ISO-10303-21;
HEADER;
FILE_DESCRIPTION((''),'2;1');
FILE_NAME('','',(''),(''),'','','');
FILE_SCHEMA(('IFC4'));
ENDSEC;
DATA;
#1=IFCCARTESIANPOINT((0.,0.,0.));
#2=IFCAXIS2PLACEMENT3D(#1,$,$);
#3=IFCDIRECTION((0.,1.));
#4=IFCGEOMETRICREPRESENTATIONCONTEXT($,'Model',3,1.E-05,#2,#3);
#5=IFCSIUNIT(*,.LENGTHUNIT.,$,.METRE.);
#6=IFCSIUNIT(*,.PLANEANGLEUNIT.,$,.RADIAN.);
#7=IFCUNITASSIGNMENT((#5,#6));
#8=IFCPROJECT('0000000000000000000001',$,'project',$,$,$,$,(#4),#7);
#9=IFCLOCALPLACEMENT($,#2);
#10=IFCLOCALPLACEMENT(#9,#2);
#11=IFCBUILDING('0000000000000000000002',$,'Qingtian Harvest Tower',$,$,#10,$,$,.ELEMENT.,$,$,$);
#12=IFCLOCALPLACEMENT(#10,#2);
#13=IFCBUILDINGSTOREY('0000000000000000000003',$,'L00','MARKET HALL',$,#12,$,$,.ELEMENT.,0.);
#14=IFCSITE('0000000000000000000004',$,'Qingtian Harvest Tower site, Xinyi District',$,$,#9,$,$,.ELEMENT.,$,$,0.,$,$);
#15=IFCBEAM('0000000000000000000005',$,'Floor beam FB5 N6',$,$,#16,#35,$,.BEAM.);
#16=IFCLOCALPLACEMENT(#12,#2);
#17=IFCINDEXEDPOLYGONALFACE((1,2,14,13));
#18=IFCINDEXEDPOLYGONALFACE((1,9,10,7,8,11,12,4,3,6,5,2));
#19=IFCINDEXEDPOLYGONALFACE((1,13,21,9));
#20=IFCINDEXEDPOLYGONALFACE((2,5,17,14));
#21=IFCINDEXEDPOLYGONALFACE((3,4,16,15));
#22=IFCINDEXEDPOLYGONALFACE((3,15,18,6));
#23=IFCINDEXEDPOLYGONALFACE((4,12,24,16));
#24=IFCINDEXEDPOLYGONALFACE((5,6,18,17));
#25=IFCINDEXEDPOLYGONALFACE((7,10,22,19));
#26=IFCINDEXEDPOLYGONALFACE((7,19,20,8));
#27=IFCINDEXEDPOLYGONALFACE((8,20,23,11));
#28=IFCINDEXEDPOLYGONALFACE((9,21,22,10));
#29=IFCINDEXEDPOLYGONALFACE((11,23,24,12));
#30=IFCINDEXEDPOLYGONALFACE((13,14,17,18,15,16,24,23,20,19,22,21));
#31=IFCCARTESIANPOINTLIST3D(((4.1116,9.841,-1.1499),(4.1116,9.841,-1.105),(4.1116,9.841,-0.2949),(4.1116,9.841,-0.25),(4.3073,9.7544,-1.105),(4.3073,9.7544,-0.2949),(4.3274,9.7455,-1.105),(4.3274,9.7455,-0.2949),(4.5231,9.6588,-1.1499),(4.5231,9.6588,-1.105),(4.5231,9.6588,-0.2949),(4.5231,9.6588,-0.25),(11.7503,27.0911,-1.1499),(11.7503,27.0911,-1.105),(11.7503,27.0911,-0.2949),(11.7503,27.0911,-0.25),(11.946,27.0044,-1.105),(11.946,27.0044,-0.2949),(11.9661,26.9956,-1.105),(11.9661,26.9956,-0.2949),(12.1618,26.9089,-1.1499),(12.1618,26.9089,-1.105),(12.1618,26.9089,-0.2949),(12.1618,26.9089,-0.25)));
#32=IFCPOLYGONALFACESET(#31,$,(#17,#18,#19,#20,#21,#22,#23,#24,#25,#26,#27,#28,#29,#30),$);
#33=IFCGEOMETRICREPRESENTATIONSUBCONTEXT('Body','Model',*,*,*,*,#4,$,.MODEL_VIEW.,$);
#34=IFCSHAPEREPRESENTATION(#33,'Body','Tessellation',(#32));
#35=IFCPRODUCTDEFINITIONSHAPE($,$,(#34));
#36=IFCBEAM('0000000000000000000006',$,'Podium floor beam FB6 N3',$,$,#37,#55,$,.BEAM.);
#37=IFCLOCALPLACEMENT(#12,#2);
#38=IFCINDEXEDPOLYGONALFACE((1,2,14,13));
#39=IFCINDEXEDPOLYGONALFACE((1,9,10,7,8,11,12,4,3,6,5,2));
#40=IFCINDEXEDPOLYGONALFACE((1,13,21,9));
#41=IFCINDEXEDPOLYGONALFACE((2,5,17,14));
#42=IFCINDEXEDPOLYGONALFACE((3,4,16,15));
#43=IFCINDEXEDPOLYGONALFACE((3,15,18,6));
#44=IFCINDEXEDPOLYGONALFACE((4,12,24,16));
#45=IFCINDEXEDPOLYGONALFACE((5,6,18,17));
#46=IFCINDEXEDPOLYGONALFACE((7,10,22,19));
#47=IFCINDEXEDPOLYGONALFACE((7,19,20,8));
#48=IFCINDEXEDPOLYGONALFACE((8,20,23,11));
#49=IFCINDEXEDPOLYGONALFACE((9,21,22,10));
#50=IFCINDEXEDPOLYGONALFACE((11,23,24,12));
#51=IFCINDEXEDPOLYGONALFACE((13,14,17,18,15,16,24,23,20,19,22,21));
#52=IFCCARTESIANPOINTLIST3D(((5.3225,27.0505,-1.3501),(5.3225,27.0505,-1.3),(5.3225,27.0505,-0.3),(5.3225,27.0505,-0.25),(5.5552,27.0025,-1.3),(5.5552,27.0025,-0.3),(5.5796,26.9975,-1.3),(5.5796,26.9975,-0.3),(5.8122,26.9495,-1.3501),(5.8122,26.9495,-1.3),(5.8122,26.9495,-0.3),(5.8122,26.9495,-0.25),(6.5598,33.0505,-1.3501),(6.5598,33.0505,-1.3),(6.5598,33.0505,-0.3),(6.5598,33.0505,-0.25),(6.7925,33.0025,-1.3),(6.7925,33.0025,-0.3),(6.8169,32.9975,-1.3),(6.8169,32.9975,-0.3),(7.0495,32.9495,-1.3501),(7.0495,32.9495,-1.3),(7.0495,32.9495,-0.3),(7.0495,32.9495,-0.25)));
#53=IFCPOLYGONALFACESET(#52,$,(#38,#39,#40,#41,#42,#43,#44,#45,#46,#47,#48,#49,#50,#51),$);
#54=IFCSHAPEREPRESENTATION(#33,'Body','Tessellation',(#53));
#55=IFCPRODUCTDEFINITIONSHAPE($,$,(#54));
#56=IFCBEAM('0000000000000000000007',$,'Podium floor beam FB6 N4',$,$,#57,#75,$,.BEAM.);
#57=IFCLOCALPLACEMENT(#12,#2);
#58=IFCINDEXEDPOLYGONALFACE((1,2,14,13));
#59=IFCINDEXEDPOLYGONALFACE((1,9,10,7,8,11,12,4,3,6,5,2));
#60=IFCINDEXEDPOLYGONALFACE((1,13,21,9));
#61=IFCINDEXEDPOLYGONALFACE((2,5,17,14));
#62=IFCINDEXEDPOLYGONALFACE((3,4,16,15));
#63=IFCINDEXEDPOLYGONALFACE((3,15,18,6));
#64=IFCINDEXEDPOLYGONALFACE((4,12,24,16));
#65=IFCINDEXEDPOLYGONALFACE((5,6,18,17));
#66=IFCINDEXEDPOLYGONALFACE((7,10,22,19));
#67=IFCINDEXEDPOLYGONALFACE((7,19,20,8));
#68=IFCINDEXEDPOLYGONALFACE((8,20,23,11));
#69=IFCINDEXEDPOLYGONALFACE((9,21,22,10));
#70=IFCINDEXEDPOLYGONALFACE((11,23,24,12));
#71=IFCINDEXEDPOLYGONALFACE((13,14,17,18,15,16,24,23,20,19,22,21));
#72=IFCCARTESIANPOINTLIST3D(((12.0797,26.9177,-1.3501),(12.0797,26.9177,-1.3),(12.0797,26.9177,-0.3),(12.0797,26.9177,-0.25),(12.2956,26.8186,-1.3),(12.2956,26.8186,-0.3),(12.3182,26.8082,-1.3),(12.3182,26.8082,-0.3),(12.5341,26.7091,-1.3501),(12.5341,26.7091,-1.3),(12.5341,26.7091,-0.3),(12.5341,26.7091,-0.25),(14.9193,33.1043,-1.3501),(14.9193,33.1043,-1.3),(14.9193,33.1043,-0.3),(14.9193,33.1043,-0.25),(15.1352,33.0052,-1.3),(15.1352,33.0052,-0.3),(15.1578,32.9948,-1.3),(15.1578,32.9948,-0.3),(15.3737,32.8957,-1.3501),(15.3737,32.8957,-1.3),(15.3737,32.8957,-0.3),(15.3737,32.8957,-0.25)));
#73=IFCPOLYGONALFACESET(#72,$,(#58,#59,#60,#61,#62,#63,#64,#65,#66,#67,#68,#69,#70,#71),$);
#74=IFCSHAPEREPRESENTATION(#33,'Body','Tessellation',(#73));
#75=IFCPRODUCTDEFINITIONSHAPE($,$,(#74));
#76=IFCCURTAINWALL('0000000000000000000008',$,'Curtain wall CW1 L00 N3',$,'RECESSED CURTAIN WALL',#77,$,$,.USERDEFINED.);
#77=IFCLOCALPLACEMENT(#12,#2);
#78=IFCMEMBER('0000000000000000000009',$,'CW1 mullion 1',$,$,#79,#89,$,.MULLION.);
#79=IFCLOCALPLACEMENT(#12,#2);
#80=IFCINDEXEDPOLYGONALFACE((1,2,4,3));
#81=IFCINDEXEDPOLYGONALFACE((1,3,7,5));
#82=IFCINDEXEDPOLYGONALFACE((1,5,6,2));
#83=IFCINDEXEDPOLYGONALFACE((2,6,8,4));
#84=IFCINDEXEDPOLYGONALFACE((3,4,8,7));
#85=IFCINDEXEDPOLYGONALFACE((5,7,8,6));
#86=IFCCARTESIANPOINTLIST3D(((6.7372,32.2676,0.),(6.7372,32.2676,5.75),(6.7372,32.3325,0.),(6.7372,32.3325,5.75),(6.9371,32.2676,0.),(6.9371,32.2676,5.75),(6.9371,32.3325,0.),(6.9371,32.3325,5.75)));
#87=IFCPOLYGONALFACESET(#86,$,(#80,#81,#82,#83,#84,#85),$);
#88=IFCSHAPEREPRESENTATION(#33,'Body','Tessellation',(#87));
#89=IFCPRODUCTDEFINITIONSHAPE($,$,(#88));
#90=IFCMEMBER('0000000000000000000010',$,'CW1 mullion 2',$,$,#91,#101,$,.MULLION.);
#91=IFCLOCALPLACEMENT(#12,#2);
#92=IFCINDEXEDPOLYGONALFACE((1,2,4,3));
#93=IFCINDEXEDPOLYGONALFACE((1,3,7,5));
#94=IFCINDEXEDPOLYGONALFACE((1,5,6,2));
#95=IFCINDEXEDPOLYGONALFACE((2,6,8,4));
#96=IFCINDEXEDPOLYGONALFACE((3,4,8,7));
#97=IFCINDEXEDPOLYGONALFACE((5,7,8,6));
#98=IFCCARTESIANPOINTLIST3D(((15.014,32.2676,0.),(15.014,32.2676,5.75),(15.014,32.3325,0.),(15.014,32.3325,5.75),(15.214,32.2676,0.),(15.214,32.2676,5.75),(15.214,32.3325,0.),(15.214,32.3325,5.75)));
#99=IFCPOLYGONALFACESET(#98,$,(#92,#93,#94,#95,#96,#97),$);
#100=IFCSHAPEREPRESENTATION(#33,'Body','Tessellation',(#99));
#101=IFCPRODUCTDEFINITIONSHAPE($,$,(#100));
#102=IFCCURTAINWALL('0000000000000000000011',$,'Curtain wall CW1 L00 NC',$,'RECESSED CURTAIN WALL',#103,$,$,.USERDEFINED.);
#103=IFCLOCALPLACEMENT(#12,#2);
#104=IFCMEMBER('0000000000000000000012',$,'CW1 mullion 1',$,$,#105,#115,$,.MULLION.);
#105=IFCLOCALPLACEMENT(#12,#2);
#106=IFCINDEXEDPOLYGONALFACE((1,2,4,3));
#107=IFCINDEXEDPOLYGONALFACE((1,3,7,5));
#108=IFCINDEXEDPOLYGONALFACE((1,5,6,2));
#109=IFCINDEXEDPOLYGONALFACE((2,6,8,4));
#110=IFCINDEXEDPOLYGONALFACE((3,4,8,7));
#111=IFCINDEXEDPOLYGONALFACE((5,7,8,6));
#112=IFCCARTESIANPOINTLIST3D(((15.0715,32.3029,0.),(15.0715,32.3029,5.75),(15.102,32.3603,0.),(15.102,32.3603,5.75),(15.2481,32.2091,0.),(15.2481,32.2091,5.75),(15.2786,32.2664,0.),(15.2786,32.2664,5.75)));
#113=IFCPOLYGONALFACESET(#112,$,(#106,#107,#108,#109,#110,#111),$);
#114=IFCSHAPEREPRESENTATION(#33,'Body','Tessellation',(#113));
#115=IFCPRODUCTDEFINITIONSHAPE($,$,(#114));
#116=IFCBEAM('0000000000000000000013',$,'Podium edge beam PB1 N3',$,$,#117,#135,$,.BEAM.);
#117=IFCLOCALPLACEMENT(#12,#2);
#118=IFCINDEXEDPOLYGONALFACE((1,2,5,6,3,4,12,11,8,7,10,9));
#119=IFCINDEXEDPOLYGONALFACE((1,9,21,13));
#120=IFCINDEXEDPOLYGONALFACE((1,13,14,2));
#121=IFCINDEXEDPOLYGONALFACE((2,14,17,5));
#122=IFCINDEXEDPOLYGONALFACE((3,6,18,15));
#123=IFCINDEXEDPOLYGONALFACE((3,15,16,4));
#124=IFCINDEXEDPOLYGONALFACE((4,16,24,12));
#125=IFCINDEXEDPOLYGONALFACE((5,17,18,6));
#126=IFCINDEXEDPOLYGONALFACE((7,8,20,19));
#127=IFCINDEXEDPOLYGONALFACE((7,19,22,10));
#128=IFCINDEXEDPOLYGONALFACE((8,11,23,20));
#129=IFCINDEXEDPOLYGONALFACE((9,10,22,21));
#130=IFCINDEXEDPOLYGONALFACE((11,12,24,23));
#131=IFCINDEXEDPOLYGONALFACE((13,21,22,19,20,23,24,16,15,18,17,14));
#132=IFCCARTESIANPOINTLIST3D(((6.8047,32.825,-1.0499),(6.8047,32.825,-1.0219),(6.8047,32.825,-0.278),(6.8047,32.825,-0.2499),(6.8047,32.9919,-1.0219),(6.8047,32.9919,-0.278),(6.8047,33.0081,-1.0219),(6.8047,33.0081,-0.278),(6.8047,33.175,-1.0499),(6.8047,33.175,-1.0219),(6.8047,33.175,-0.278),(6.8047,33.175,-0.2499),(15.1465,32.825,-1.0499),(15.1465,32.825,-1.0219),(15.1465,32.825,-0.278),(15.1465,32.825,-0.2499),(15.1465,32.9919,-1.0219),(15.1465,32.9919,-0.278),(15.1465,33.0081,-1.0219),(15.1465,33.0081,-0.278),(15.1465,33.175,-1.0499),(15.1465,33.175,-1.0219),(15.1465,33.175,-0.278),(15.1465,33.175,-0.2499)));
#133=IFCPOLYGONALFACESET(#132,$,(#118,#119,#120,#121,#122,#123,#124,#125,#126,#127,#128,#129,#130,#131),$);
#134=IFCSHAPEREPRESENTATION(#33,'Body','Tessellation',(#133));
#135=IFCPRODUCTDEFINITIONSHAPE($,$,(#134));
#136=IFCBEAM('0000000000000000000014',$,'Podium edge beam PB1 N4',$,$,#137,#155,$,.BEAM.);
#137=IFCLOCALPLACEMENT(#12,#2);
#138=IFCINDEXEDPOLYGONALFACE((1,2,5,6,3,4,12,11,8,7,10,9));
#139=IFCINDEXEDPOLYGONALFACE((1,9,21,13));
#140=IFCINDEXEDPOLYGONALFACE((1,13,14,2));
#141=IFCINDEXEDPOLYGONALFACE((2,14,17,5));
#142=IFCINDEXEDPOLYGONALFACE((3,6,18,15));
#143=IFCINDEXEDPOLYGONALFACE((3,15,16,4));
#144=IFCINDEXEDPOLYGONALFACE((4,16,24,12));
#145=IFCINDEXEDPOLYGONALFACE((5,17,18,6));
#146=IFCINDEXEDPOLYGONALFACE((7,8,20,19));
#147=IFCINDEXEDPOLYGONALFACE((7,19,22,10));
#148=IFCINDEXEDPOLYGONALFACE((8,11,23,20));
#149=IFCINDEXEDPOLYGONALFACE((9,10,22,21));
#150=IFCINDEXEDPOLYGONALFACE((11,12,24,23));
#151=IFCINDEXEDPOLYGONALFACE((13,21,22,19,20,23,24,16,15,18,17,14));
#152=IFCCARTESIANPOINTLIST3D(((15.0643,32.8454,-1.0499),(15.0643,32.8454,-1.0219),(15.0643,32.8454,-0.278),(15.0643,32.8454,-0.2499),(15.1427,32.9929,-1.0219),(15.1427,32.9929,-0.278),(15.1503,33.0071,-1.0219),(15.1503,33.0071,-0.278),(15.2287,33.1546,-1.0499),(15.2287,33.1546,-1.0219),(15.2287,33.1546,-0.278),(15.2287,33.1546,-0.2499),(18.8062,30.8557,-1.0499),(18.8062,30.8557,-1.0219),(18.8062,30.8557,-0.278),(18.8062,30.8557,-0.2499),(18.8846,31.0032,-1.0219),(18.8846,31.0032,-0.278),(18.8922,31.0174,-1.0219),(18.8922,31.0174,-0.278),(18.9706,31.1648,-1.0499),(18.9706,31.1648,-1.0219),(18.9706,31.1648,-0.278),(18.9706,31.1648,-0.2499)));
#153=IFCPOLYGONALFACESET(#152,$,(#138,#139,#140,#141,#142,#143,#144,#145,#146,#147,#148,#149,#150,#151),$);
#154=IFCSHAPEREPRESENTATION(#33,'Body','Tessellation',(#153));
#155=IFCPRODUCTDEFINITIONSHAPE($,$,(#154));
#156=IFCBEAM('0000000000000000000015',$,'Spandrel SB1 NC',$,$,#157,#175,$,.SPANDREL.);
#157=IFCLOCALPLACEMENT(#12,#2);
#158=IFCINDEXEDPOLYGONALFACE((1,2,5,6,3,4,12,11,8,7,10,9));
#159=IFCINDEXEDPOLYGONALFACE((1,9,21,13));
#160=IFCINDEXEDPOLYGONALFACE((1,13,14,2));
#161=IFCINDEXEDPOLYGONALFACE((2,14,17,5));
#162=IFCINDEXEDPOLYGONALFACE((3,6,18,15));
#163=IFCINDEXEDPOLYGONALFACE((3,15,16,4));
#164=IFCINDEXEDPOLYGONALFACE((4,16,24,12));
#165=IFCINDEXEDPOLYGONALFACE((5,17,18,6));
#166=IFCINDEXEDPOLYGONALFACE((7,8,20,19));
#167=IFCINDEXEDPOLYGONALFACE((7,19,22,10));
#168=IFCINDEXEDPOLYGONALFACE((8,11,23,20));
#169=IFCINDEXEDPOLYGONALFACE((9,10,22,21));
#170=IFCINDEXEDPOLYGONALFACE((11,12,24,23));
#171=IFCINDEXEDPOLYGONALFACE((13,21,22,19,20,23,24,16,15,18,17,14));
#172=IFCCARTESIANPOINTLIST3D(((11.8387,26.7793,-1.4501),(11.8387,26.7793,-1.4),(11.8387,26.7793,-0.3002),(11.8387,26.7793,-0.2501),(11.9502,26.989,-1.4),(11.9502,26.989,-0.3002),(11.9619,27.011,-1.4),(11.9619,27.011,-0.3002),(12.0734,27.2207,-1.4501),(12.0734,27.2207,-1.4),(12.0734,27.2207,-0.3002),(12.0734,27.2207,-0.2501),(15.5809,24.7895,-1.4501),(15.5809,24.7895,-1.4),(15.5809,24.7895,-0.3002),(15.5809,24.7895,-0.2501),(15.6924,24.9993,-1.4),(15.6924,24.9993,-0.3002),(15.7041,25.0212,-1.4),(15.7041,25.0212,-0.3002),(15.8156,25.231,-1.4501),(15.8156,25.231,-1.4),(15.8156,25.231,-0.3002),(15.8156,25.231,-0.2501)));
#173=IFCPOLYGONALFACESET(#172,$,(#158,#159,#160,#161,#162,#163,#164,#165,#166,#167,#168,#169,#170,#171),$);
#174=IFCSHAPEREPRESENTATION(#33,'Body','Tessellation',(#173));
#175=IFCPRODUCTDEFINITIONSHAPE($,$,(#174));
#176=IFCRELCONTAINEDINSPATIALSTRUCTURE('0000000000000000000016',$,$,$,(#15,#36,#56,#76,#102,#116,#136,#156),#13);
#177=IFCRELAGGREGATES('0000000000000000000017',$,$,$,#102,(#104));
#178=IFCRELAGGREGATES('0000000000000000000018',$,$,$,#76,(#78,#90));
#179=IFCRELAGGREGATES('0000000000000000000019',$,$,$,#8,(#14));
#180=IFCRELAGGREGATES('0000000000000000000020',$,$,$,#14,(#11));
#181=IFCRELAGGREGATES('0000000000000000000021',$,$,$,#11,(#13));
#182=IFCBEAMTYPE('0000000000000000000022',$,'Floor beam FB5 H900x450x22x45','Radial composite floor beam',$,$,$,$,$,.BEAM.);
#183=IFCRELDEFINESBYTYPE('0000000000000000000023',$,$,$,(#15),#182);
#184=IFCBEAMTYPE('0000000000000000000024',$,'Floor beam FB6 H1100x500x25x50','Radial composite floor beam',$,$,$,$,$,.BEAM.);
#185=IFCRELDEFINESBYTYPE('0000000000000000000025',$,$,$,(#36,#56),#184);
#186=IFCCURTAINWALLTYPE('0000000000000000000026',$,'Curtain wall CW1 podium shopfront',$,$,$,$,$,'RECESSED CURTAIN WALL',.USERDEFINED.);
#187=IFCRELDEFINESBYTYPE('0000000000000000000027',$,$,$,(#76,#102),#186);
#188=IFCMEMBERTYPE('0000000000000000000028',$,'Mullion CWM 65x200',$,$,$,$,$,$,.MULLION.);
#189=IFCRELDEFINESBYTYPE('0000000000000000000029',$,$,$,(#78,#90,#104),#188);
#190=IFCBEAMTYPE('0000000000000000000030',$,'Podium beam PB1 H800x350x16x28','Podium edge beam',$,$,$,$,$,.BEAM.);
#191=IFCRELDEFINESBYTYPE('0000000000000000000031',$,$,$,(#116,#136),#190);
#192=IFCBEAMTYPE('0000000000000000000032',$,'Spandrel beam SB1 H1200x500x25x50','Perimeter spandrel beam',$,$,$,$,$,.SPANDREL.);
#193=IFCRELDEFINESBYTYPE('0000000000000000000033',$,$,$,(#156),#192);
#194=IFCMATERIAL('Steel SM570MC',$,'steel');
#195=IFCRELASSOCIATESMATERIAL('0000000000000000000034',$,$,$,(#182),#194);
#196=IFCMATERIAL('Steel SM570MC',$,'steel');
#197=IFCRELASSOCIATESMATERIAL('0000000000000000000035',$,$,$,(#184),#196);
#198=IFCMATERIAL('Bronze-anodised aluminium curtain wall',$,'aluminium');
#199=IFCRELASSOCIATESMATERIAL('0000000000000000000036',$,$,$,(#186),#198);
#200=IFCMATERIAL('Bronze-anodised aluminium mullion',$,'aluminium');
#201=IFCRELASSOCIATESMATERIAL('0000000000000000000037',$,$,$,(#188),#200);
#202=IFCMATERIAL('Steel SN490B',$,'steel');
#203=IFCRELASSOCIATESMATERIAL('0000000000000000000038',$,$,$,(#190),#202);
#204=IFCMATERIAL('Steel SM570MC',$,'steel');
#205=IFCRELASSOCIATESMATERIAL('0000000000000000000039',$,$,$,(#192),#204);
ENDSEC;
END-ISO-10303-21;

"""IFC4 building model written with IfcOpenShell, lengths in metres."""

from ifc_helpers import new_model, si_unit, direction, frame, origin, origin_2d, place, context, subcontext, project, spatial, rectangle, i_section, extrude, material, material_profile, profile_set, type_object, element, aggregate, save


model = new_model("IFC4")

# Units and contexts
model_context = context("Model", 3, precision=1e-05, world=origin(), true_north=direction((0.0, 1.0)))
body_context = subcontext(model_context, "Body", "Model", "MODEL_VIEW")
ifc_project = project(units=[si_unit("LENGTHUNIT", "METRE"), si_unit("PLANEANGLEUNIT", "RADIAN")], contexts=[model_context])

# Site, building, storey
site_placement = place(None, origin())
site = spatial("IfcSite", under=ifc_project, at=site_placement, Name="Qingtian Harvest Tower site, Xinyi District", CompositionType="ELEMENT", RefElevation=0.0)
building_placement = place(site_placement, origin())
building = spatial("IfcBuilding", under=site, at=building_placement, Name="Qingtian Harvest Tower", CompositionType="ELEMENT")
storey_placement = place(building_placement, origin())
storey = spatial("IfcBuildingStorey", under=building, at=storey_placement, Name="L00", Description="MARKET HALL", CompositionType="ELEMENT", Elevation=0.0)

# Beams
ifc_material_1 = material(Name="Steel SM570MC", Category="steel")
ifc_material_profile_1 = material_profile(ifc_material_1, i_section(OverallWidth=0.45, OverallDepth=0.8999, WebThickness=0.022, FlangeThickness=0.0449, at=origin_2d()), Name="H900x450x22x45")
ifc_profile_set_1 = profile_set([ifc_material_profile_1], Name="Steel SM570MC")
beam_type_1 = type_object("IfcBeamType", Name="Floor beam FB5 H900x450x22x45", Description="Radial composite floor beam", PredefinedType="BEAM", material=ifc_profile_set_1)
beam_1_placement = place(storey_placement, frame((11.9561, 27.0, -0.7), z_axis=(-0.404899, -0.914361, 0.0), x_axis=(0.914361, -0.404899, 0.0)))
element("IfcBeam", 1, at=beam_1_placement, inside=storey, type_object=beam_type_1, Name="Floor beam FB5 N6", PredefinedType="BEAM", context=body_context, shape_type="SweptSolid", body=[
    extrude(i_section(OverallWidth=0.45, OverallDepth=0.8999, WebThickness=0.022, FlangeThickness=0.0449, at=origin_2d()), origin(), (0.0, 0.0, 1.0), 18.8657),
])
ifc_material_2 = material(Name="Steel SM570MC", Category="steel")
ifc_material_profile_2 = material_profile(ifc_material_2, i_section(OverallWidth=0.5, OverallDepth=1.1001, WebThickness=0.0249, FlangeThickness=0.05, at=origin_2d()), Name="H1100x500x25x50")
ifc_profile_set_2 = profile_set([ifc_material_profile_2], Name="Steel SM570MC")
beam_type_2 = type_object("IfcBeamType", Name="Floor beam FB6 H1100x500x25x50", Description="Radial composite floor beam", PredefinedType="BEAM", material=ifc_profile_set_2)
beam_2_placement = place(storey_placement, frame((6.8047, 33.0, -0.8), z_axis=(-0.201968, -0.979392, 0.0), x_axis=(0.979392, -0.201968, 0.0)))
element("IfcBeam", 2, at=beam_2_placement, inside=storey, type_object=beam_type_2, Name="Podium floor beam FB6 N3", PredefinedType="BEAM", context=body_context, shape_type="SweptSolid", body=[
    extrude(i_section(OverallWidth=0.5, OverallDepth=1.1001, WebThickness=0.0249, FlangeThickness=0.05, at=origin_2d()), origin(), (0.0, 0.0, 1.0), 6.1262),
])
beam_3_placement = place(storey_placement, frame((15.1465, 33.0, -0.8), z_axis=(-0.417154, -0.908836, 0.0), x_axis=(0.908836, -0.417154, 0.0)))
element("IfcBeam", 3, at=beam_3_placement, inside=storey, type_object=beam_type_2, Name="Podium floor beam FB6 N4", PredefinedType="BEAM", context=body_context, shape_type="SweptSolid", body=[
    extrude(i_section(OverallWidth=0.5, OverallDepth=1.1001, WebThickness=0.0249, FlangeThickness=0.05, at=origin_2d()), origin(), (0.0, 0.0, 1.0), 6.8071),
])

# Curtain wall, members
ifc_material_3 = material(Name="Bronze-anodised aluminium curtain wall", Category="aluminium")
curtain_wall_type = type_object("IfcCurtainWallType", Name="Curtain wall CW1 podium shopfront", ElementType="RECESSED CURTAIN WALL", PredefinedType="USERDEFINED", material=ifc_material_3)
curtain_wall_1_placement = place(storey_placement, origin())
curtain_wall_1 = element("IfcCurtainWall", 4, at=curtain_wall_1_placement, inside=storey, type_object=curtain_wall_type, Name="Curtain wall CW1 L00 N3", ObjectType="RECESSED CURTAIN WALL", PredefinedType="USERDEFINED")
ifc_material_4 = material(Name="Bronze-anodised aluminium mullion", Category="aluminium")
ifc_material_profile_3 = material_profile(ifc_material_4, rectangle(XDim=0.0649, YDim=0.2, at=origin_2d()), Name="AL 65x200")
ifc_profile_set_3 = profile_set([ifc_material_profile_3], Name="Bronze-anodised aluminium mullion")
member_type_1 = type_object("IfcMemberType", Name="Mullion CWM 65x200", PredefinedType="MULLION", material=ifc_profile_set_3)
member_1_placement = place(storey_placement, frame((6.8372, 32.3, 0.0), z_axis=(0.0, 0.0, 1.0), x_axis=(0.0, 1.0, 0.0)))
member_1 = element("IfcMember", 5, at=member_1_placement, type_object=member_type_1, Name="CW1 mullion 1", PredefinedType="MULLION", context=body_context, shape_type="SweptSolid", body=[
    extrude(rectangle(XDim=0.0649, YDim=0.2, at=origin_2d()), origin(), (0.0, 0.0, 1.0), 5.75),
])
member_2_placement = place(storey_placement, frame((15.114, 32.3, 0.0), z_axis=(0.0, 0.0, 1.0), x_axis=(0.0, 1.0, 0.0)))
member_2 = element("IfcMember", 6, at=member_2_placement, type_object=member_type_1, Name="CW1 mullion 2", PredefinedType="MULLION", context=body_context, shape_type="SweptSolid", body=[
    extrude(rectangle(XDim=0.0649, YDim=0.2, at=origin_2d()), origin(), (0.0, 0.0, 1.0), 5.75),
])

# Curtain wall, member
curtain_wall_2_placement = place(storey_placement, origin())
curtain_wall_2 = element("IfcCurtainWall", 7, at=curtain_wall_2_placement, inside=storey, type_object=curtain_wall_type, Name="Curtain wall CW1 L00 NC", ObjectType="RECESSED CURTAIN WALL", PredefinedType="USERDEFINED")
member_3_placement = place(storey_placement, frame((15.175, 32.2847, 0.0), z_axis=(0.0, 0.0, 1.0), x_axis=(0.469472, 0.882948, 0.0)))
member_3 = element("IfcMember", 8, at=member_3_placement, type_object=member_type_1, Name="CW1 mullion 1", PredefinedType="MULLION", context=body_context, shape_type="SweptSolid", body=[
    extrude(rectangle(XDim=0.0649, YDim=0.2, at=origin_2d()), origin(), (0.0, 0.0, 1.0), 5.75),
])
aggregate(curtain_wall_2, [member_3])

# Beams
ifc_material_5 = material(Name="Steel SN490B", Category="steel")
ifc_material_profile_4 = material_profile(ifc_material_5, i_section(OverallWidth=0.3501, OverallDepth=0.8, WebThickness=0.0161, FlangeThickness=0.0281, at=origin_2d()), Name="H800x350x16x28")
ifc_profile_set_4 = profile_set([ifc_material_profile_4], Name="Steel SN490B")
beam_type_3 = type_object("IfcBeamType", Name="Podium beam PB1 H800x350x16x28", Description="Podium edge beam", PredefinedType="BEAM", material=ifc_profile_set_4)
beam_4_placement = place(storey_placement, frame((6.8047, 33.0, -0.6499), z_axis=(1.0, 0.0, 0.0), x_axis=(0.0, 1.0, 0.0)))
element("IfcBeam", 9, at=beam_4_placement, inside=storey, type_object=beam_type_3, Name="Podium edge beam PB1 N3", PredefinedType="BEAM", context=body_context, shape_type="SweptSolid", body=[
    extrude(i_section(OverallWidth=0.3501, OverallDepth=0.8, WebThickness=0.0161, FlangeThickness=0.0281, at=origin_2d()), origin(), (0.0, 0.0, 1.0), 8.3418),
])
beam_5_placement = place(storey_placement, frame((15.1465, 33.0, -0.6499), z_axis=(0.882936, -0.469494, 0.0), x_axis=(0.469494, 0.882936, 0.0)))
element("IfcBeam", 10, at=beam_5_placement, inside=storey, type_object=beam_type_3, Name="Podium edge beam PB1 N4", PredefinedType="BEAM", context=body_context, shape_type="SweptSolid", body=[
    extrude(i_section(OverallWidth=0.3501, OverallDepth=0.8, WebThickness=0.0161, FlangeThickness=0.0281, at=origin_2d()), origin(), (0.0, 0.0, 1.0), 4.238),
])
ifc_material_6 = material(Name="Steel SM570MC", Category="steel")
ifc_material_profile_5 = material_profile(ifc_material_6, i_section(OverallWidth=0.5, OverallDepth=1.2, WebThickness=0.0249, FlangeThickness=0.05, at=origin_2d()), Name="H1200x500x25x50")
ifc_profile_set_5 = profile_set([ifc_material_profile_5], Name="Steel SM570MC")
beam_type_4 = type_object("IfcBeamType", Name="Spandrel beam SB1 H1200x500x25x50", Description="Perimeter spandrel beam", PredefinedType="SPANDREL", material=ifc_profile_set_5)
beam_6_placement = place(storey_placement, frame((11.9561, 27.0, -0.8501), z_axis=(0.882949, -0.46947, 0.0), x_axis=(0.46947, 0.882949, 0.0)))
element("IfcBeam", 11, at=beam_6_placement, inside=storey, type_object=beam_type_4, Name="Spandrel SB1 NC", PredefinedType="SPANDREL", context=body_context, shape_type="SweptSolid", body=[
    extrude(i_section(OverallWidth=0.5, OverallDepth=1.2, WebThickness=0.0249, FlangeThickness=0.05, at=origin_2d()), origin(), (0.0, 0.0, 1.0), 4.2383),
])

aggregate(curtain_wall_1, [member_1, member_2])

save(model, "model.ifc")
